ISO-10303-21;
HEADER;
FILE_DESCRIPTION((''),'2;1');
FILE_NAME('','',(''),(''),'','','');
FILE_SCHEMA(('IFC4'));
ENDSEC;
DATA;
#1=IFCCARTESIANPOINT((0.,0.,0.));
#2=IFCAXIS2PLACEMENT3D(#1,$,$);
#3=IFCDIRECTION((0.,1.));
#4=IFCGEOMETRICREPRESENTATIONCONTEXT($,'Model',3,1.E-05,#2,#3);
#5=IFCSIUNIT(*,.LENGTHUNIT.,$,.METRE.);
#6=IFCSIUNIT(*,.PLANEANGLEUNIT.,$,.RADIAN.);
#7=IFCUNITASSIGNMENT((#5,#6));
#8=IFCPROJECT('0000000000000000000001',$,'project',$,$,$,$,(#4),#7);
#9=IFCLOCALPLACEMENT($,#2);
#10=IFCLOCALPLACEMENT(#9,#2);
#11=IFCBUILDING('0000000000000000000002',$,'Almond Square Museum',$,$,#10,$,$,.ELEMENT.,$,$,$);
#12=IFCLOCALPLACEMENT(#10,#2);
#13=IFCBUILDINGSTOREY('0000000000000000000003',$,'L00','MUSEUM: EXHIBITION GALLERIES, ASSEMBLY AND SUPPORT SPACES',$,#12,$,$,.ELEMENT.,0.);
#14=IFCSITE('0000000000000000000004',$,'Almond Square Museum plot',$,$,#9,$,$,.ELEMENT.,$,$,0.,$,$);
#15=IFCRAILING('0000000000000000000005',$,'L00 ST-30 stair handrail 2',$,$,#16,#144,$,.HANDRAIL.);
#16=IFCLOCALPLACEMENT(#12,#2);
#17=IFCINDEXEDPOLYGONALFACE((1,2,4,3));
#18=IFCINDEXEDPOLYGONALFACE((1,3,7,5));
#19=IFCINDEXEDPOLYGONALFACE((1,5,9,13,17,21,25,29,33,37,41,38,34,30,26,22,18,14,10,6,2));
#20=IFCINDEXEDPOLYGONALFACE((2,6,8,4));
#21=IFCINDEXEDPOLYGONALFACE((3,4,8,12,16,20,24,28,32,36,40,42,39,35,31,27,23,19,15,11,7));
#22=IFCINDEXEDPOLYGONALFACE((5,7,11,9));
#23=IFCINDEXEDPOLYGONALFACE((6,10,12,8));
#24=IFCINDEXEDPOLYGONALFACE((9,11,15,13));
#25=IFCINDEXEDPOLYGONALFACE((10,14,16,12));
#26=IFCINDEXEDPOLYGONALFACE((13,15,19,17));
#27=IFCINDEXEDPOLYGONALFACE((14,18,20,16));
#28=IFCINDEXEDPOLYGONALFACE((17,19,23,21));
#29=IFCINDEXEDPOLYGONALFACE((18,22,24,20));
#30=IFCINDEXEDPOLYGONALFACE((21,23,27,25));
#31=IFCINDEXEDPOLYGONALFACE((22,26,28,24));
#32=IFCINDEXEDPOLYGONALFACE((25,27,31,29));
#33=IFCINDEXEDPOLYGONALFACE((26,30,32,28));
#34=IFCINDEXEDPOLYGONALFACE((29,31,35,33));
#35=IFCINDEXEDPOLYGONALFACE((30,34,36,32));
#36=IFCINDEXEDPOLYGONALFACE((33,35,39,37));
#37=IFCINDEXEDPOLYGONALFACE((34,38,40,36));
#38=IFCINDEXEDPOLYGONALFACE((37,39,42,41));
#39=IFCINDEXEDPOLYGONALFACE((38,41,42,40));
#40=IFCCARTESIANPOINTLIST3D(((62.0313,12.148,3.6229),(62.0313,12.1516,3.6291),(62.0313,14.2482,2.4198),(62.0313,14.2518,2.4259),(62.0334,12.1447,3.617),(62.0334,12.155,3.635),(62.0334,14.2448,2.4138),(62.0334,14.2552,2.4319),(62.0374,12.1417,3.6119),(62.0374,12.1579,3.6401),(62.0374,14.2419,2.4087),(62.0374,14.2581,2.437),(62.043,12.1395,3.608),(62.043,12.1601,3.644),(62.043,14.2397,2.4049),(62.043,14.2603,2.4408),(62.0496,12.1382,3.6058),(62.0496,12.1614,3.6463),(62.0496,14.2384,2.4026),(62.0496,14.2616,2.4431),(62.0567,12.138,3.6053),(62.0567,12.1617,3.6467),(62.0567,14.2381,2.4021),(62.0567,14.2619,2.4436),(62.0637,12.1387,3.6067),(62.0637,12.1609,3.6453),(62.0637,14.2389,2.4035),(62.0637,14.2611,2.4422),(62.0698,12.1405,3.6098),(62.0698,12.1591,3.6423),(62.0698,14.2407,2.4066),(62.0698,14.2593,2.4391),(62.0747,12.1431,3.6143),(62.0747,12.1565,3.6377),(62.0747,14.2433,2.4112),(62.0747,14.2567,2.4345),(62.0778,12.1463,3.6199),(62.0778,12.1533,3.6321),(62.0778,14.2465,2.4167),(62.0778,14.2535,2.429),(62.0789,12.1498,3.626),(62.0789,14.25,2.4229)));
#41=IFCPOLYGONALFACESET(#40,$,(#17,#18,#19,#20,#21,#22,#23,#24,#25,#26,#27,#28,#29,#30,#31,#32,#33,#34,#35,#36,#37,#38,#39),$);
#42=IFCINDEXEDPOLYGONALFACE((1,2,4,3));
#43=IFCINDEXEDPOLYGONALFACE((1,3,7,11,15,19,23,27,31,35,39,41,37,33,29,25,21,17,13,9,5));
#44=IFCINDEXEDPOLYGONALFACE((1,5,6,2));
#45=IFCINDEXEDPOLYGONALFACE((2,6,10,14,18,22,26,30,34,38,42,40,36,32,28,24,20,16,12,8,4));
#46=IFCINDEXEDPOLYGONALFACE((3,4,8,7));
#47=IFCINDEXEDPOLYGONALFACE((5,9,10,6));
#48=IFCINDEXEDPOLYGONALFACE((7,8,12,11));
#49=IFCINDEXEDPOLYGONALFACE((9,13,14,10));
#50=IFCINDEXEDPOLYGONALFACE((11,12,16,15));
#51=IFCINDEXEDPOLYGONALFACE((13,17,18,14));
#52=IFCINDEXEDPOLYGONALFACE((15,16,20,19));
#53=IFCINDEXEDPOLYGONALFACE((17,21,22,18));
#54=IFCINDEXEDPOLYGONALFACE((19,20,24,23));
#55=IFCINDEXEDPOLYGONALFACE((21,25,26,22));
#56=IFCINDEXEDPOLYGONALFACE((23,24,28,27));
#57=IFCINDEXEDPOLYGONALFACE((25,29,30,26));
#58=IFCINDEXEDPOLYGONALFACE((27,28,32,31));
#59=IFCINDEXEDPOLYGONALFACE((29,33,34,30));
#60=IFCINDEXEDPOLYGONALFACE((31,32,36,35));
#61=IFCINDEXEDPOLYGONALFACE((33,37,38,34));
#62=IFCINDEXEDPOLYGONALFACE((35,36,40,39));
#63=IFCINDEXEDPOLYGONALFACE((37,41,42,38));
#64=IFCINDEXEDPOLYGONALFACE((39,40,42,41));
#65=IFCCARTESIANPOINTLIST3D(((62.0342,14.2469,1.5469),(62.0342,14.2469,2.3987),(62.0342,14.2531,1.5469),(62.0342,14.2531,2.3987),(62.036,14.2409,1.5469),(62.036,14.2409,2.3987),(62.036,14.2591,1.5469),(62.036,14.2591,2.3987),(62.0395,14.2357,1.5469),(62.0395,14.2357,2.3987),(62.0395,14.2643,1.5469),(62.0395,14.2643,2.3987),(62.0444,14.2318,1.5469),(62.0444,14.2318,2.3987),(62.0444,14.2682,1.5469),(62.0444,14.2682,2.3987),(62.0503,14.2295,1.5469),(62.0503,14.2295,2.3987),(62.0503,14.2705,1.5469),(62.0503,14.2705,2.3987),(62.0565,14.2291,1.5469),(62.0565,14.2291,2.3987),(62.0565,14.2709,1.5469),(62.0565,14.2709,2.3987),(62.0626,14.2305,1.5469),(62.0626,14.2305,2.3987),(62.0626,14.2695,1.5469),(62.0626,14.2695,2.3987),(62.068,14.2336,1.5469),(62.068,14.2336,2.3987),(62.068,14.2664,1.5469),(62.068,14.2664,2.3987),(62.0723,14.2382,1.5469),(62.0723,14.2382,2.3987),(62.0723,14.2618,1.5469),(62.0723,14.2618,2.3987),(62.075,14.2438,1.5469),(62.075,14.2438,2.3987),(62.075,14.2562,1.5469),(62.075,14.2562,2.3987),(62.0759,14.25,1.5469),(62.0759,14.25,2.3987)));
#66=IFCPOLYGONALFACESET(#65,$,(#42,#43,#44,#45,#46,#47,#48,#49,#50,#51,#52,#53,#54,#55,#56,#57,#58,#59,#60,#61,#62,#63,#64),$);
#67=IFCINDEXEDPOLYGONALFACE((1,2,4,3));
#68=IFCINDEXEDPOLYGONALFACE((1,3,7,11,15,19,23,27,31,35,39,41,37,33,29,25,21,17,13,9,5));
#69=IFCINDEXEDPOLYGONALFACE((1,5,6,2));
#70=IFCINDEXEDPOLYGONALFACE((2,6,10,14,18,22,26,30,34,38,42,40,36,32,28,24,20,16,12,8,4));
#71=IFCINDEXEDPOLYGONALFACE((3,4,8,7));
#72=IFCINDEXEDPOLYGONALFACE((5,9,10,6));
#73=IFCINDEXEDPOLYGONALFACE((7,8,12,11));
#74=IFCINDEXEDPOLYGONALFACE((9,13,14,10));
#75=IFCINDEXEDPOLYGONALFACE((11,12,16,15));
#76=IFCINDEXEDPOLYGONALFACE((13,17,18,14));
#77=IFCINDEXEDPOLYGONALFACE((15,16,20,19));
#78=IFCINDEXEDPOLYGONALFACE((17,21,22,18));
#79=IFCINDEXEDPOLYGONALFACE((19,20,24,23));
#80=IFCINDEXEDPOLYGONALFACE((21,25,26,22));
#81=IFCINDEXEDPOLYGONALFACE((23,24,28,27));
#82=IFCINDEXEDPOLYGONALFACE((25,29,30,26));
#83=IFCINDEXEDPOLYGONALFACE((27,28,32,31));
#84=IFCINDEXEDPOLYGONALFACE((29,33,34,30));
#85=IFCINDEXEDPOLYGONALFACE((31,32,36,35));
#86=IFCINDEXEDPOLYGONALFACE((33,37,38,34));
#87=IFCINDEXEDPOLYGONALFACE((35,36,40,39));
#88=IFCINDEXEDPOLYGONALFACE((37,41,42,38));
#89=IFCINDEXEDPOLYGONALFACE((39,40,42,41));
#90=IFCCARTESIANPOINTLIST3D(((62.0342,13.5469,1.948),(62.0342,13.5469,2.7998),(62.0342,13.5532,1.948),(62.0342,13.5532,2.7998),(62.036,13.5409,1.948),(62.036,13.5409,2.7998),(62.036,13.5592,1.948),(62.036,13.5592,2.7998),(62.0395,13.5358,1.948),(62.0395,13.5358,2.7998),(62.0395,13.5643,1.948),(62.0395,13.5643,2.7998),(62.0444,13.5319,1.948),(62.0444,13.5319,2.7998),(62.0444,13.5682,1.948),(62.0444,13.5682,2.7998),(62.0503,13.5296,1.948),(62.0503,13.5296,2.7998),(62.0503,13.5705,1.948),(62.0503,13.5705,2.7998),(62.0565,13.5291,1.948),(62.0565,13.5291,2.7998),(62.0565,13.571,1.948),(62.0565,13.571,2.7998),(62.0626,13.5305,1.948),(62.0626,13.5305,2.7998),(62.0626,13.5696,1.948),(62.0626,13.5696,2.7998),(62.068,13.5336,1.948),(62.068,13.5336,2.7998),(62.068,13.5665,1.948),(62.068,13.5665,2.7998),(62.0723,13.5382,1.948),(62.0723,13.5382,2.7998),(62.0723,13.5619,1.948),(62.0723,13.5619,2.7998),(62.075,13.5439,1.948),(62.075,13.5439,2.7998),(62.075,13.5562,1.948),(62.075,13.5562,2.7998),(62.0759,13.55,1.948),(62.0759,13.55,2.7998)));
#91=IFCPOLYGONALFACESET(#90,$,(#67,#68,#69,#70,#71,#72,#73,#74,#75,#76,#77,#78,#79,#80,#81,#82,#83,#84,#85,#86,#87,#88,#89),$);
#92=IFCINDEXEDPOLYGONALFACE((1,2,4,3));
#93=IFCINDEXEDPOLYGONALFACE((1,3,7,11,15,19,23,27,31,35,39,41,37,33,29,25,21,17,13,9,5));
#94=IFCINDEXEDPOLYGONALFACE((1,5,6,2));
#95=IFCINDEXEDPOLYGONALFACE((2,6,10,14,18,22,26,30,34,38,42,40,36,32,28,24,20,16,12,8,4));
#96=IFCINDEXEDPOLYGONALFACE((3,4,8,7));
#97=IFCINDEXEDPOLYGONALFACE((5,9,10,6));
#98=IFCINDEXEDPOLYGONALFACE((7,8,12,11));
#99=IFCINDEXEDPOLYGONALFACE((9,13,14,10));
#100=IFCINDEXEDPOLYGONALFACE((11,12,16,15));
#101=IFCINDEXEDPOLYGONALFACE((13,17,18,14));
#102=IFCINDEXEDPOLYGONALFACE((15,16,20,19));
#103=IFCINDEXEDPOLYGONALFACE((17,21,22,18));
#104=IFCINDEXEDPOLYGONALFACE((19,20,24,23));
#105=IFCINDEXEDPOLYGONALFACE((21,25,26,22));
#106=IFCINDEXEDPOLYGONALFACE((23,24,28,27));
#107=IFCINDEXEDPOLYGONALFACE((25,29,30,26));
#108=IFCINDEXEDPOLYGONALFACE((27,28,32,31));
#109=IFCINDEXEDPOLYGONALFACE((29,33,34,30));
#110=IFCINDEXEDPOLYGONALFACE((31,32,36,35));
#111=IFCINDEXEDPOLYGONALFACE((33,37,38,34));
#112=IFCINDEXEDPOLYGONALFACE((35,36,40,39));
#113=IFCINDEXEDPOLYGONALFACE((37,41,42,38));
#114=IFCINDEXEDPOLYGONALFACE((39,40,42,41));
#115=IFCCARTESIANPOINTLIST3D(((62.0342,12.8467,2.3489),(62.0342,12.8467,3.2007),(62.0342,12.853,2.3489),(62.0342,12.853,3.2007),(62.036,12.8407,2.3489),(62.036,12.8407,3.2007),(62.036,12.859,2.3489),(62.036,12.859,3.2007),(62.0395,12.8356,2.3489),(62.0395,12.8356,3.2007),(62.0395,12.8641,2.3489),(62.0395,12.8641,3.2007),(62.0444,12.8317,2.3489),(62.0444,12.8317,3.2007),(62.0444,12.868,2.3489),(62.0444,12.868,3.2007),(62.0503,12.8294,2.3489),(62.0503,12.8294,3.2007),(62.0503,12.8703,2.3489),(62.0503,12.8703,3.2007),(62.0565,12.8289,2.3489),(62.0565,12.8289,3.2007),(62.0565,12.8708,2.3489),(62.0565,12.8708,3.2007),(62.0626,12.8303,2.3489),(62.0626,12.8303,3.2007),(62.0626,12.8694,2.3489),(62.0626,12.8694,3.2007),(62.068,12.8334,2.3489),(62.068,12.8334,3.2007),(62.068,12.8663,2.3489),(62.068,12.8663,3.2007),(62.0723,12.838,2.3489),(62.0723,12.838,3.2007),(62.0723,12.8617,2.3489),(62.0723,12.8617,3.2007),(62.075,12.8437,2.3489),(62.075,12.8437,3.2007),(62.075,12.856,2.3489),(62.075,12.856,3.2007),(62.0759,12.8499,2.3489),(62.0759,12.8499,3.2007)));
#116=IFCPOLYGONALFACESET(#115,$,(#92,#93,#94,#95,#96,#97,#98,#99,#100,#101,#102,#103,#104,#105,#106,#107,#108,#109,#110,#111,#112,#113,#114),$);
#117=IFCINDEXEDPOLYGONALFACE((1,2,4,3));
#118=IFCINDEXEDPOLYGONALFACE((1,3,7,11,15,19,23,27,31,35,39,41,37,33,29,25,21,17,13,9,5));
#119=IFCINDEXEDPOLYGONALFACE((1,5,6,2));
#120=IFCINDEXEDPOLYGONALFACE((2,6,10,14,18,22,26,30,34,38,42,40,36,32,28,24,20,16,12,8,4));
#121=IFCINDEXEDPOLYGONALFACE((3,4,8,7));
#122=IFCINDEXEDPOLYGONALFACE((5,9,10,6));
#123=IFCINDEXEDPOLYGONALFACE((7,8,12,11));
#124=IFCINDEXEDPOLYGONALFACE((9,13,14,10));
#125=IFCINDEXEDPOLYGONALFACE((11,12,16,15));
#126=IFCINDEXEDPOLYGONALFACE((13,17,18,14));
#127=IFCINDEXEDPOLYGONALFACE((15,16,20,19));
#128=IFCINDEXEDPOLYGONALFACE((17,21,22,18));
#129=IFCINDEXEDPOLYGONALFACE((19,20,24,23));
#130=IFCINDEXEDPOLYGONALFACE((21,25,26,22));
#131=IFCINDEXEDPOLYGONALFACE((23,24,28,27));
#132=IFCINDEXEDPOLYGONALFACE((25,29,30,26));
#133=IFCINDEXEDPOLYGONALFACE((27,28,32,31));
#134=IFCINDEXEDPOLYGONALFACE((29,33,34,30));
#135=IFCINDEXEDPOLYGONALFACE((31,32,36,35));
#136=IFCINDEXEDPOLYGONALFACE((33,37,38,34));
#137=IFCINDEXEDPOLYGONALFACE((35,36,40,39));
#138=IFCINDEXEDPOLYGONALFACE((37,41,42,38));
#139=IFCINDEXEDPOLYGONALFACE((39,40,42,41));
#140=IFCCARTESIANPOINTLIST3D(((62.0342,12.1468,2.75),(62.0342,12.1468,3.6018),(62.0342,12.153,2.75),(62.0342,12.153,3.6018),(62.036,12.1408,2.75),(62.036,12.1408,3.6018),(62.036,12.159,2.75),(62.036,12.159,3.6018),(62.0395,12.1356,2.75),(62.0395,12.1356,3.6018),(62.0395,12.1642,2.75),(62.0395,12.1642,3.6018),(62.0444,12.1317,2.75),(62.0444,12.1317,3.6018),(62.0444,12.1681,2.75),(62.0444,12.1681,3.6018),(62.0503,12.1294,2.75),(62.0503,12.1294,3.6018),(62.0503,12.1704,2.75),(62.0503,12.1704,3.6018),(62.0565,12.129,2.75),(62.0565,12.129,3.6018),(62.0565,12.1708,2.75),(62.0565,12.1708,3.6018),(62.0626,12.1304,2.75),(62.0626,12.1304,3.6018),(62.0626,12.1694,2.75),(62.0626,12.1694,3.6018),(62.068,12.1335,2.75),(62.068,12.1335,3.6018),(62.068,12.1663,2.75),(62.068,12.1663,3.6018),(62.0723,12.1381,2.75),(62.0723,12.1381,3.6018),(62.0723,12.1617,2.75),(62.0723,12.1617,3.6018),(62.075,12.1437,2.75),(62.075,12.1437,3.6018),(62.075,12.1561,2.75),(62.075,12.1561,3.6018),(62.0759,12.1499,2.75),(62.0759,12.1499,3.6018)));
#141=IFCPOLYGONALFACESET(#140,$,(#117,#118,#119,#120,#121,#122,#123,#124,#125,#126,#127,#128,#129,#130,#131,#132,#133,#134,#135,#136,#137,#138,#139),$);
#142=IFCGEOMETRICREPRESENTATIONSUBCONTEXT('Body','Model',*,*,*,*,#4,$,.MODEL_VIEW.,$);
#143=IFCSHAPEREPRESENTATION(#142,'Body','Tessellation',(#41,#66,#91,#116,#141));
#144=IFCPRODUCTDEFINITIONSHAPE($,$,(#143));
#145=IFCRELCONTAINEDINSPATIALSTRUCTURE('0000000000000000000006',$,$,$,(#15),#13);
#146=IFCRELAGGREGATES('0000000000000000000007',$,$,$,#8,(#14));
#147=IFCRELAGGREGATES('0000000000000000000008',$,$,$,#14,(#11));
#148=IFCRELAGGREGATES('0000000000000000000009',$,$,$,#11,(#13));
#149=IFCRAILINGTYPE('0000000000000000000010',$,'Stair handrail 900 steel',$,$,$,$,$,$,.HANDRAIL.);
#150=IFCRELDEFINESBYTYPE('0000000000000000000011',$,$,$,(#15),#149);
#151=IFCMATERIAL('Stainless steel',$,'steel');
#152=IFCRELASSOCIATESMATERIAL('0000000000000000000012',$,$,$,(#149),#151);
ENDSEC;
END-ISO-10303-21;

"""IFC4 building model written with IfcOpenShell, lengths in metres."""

from ifc_helpers import new_model, si_unit, direction, frame, origin, origin_2d, place, context, subcontext, project, spatial, circle, extrude, material, type_object, element, save


model = new_model("IFC4")

# Units and contexts
model_context = context("Model", 3, precision=1e-05, world=origin(), true_north=direction((0.0, 1.0)))
body_context = subcontext(model_context, "Body", "Model", "MODEL_VIEW")
ifc_project = project(units=[si_unit("LENGTHUNIT", "METRE"), si_unit("PLANEANGLEUNIT", "RADIAN")], contexts=[model_context])

# Site, building, storey
site_placement = place(None, origin())
site = spatial("IfcSite", under=ifc_project, at=site_placement, Name="Almond Square Museum plot", CompositionType="ELEMENT", RefElevation=0.0)
building_placement = place(site_placement, origin())
building = spatial("IfcBuilding", under=site, at=building_placement, Name="Almond Square Museum", CompositionType="ELEMENT")
storey_placement = place(building_placement, origin())
storey = spatial("IfcBuildingStorey", under=building, at=storey_placement, Name="L00", Description="MUSEUM: EXHIBITION GALLERIES, ASSEMBLY AND SUPPORT SPACES", CompositionType="ELEMENT", Elevation=0.0)

# Railing
ifc_material_1 = material(Name="Stainless steel", Category="steel")
railing_type_1 = type_object("IfcRailingType", Name="Stair handrail 900 steel", PredefinedType="HANDRAIL", material=ifc_material_1)
railing_1_placement = place(storey_placement, frame((62.0549, 14.25, 1.5469)))
element("IfcRailing", 1, at=railing_1_placement, inside=storey, type_object=railing_type_1, Name="L00 ST-30 stair handrail 2", PredefinedType="HANDRAIL", context=body_context, shape_type="SweptSolid", body=[
    extrude(circle(Radius=0.0239, at=origin_2d()), frame((0.0, 0.0, 0.876), z_axis=(0.0, -0.867696, 0.497095), x_axis=(1.0, 0.0, 0.0)), (0.0, 0.0, 1.0), 2.4204),
    extrude(circle(Radius=0.021, at=origin_2d()), origin(), (0.0, 0.0, 1.0), 0.8518),
    extrude(circle(Radius=0.021, at=origin_2d()), frame((0.0, -0.7, 0.4011)), (0.0, 0.0, 1.0), 0.8518),
    extrude(circle(Radius=0.021, at=origin_2d()), frame((0.0, -1.4001, 0.802)), (0.0, 0.0, 1.0), 0.8518),
    extrude(circle(Radius=0.021, at=origin_2d()), frame((0.0, -2.1001, 1.2031)), (0.0, 0.0, 1.0), 0.8518),
])

save(model, "model.ifc")
